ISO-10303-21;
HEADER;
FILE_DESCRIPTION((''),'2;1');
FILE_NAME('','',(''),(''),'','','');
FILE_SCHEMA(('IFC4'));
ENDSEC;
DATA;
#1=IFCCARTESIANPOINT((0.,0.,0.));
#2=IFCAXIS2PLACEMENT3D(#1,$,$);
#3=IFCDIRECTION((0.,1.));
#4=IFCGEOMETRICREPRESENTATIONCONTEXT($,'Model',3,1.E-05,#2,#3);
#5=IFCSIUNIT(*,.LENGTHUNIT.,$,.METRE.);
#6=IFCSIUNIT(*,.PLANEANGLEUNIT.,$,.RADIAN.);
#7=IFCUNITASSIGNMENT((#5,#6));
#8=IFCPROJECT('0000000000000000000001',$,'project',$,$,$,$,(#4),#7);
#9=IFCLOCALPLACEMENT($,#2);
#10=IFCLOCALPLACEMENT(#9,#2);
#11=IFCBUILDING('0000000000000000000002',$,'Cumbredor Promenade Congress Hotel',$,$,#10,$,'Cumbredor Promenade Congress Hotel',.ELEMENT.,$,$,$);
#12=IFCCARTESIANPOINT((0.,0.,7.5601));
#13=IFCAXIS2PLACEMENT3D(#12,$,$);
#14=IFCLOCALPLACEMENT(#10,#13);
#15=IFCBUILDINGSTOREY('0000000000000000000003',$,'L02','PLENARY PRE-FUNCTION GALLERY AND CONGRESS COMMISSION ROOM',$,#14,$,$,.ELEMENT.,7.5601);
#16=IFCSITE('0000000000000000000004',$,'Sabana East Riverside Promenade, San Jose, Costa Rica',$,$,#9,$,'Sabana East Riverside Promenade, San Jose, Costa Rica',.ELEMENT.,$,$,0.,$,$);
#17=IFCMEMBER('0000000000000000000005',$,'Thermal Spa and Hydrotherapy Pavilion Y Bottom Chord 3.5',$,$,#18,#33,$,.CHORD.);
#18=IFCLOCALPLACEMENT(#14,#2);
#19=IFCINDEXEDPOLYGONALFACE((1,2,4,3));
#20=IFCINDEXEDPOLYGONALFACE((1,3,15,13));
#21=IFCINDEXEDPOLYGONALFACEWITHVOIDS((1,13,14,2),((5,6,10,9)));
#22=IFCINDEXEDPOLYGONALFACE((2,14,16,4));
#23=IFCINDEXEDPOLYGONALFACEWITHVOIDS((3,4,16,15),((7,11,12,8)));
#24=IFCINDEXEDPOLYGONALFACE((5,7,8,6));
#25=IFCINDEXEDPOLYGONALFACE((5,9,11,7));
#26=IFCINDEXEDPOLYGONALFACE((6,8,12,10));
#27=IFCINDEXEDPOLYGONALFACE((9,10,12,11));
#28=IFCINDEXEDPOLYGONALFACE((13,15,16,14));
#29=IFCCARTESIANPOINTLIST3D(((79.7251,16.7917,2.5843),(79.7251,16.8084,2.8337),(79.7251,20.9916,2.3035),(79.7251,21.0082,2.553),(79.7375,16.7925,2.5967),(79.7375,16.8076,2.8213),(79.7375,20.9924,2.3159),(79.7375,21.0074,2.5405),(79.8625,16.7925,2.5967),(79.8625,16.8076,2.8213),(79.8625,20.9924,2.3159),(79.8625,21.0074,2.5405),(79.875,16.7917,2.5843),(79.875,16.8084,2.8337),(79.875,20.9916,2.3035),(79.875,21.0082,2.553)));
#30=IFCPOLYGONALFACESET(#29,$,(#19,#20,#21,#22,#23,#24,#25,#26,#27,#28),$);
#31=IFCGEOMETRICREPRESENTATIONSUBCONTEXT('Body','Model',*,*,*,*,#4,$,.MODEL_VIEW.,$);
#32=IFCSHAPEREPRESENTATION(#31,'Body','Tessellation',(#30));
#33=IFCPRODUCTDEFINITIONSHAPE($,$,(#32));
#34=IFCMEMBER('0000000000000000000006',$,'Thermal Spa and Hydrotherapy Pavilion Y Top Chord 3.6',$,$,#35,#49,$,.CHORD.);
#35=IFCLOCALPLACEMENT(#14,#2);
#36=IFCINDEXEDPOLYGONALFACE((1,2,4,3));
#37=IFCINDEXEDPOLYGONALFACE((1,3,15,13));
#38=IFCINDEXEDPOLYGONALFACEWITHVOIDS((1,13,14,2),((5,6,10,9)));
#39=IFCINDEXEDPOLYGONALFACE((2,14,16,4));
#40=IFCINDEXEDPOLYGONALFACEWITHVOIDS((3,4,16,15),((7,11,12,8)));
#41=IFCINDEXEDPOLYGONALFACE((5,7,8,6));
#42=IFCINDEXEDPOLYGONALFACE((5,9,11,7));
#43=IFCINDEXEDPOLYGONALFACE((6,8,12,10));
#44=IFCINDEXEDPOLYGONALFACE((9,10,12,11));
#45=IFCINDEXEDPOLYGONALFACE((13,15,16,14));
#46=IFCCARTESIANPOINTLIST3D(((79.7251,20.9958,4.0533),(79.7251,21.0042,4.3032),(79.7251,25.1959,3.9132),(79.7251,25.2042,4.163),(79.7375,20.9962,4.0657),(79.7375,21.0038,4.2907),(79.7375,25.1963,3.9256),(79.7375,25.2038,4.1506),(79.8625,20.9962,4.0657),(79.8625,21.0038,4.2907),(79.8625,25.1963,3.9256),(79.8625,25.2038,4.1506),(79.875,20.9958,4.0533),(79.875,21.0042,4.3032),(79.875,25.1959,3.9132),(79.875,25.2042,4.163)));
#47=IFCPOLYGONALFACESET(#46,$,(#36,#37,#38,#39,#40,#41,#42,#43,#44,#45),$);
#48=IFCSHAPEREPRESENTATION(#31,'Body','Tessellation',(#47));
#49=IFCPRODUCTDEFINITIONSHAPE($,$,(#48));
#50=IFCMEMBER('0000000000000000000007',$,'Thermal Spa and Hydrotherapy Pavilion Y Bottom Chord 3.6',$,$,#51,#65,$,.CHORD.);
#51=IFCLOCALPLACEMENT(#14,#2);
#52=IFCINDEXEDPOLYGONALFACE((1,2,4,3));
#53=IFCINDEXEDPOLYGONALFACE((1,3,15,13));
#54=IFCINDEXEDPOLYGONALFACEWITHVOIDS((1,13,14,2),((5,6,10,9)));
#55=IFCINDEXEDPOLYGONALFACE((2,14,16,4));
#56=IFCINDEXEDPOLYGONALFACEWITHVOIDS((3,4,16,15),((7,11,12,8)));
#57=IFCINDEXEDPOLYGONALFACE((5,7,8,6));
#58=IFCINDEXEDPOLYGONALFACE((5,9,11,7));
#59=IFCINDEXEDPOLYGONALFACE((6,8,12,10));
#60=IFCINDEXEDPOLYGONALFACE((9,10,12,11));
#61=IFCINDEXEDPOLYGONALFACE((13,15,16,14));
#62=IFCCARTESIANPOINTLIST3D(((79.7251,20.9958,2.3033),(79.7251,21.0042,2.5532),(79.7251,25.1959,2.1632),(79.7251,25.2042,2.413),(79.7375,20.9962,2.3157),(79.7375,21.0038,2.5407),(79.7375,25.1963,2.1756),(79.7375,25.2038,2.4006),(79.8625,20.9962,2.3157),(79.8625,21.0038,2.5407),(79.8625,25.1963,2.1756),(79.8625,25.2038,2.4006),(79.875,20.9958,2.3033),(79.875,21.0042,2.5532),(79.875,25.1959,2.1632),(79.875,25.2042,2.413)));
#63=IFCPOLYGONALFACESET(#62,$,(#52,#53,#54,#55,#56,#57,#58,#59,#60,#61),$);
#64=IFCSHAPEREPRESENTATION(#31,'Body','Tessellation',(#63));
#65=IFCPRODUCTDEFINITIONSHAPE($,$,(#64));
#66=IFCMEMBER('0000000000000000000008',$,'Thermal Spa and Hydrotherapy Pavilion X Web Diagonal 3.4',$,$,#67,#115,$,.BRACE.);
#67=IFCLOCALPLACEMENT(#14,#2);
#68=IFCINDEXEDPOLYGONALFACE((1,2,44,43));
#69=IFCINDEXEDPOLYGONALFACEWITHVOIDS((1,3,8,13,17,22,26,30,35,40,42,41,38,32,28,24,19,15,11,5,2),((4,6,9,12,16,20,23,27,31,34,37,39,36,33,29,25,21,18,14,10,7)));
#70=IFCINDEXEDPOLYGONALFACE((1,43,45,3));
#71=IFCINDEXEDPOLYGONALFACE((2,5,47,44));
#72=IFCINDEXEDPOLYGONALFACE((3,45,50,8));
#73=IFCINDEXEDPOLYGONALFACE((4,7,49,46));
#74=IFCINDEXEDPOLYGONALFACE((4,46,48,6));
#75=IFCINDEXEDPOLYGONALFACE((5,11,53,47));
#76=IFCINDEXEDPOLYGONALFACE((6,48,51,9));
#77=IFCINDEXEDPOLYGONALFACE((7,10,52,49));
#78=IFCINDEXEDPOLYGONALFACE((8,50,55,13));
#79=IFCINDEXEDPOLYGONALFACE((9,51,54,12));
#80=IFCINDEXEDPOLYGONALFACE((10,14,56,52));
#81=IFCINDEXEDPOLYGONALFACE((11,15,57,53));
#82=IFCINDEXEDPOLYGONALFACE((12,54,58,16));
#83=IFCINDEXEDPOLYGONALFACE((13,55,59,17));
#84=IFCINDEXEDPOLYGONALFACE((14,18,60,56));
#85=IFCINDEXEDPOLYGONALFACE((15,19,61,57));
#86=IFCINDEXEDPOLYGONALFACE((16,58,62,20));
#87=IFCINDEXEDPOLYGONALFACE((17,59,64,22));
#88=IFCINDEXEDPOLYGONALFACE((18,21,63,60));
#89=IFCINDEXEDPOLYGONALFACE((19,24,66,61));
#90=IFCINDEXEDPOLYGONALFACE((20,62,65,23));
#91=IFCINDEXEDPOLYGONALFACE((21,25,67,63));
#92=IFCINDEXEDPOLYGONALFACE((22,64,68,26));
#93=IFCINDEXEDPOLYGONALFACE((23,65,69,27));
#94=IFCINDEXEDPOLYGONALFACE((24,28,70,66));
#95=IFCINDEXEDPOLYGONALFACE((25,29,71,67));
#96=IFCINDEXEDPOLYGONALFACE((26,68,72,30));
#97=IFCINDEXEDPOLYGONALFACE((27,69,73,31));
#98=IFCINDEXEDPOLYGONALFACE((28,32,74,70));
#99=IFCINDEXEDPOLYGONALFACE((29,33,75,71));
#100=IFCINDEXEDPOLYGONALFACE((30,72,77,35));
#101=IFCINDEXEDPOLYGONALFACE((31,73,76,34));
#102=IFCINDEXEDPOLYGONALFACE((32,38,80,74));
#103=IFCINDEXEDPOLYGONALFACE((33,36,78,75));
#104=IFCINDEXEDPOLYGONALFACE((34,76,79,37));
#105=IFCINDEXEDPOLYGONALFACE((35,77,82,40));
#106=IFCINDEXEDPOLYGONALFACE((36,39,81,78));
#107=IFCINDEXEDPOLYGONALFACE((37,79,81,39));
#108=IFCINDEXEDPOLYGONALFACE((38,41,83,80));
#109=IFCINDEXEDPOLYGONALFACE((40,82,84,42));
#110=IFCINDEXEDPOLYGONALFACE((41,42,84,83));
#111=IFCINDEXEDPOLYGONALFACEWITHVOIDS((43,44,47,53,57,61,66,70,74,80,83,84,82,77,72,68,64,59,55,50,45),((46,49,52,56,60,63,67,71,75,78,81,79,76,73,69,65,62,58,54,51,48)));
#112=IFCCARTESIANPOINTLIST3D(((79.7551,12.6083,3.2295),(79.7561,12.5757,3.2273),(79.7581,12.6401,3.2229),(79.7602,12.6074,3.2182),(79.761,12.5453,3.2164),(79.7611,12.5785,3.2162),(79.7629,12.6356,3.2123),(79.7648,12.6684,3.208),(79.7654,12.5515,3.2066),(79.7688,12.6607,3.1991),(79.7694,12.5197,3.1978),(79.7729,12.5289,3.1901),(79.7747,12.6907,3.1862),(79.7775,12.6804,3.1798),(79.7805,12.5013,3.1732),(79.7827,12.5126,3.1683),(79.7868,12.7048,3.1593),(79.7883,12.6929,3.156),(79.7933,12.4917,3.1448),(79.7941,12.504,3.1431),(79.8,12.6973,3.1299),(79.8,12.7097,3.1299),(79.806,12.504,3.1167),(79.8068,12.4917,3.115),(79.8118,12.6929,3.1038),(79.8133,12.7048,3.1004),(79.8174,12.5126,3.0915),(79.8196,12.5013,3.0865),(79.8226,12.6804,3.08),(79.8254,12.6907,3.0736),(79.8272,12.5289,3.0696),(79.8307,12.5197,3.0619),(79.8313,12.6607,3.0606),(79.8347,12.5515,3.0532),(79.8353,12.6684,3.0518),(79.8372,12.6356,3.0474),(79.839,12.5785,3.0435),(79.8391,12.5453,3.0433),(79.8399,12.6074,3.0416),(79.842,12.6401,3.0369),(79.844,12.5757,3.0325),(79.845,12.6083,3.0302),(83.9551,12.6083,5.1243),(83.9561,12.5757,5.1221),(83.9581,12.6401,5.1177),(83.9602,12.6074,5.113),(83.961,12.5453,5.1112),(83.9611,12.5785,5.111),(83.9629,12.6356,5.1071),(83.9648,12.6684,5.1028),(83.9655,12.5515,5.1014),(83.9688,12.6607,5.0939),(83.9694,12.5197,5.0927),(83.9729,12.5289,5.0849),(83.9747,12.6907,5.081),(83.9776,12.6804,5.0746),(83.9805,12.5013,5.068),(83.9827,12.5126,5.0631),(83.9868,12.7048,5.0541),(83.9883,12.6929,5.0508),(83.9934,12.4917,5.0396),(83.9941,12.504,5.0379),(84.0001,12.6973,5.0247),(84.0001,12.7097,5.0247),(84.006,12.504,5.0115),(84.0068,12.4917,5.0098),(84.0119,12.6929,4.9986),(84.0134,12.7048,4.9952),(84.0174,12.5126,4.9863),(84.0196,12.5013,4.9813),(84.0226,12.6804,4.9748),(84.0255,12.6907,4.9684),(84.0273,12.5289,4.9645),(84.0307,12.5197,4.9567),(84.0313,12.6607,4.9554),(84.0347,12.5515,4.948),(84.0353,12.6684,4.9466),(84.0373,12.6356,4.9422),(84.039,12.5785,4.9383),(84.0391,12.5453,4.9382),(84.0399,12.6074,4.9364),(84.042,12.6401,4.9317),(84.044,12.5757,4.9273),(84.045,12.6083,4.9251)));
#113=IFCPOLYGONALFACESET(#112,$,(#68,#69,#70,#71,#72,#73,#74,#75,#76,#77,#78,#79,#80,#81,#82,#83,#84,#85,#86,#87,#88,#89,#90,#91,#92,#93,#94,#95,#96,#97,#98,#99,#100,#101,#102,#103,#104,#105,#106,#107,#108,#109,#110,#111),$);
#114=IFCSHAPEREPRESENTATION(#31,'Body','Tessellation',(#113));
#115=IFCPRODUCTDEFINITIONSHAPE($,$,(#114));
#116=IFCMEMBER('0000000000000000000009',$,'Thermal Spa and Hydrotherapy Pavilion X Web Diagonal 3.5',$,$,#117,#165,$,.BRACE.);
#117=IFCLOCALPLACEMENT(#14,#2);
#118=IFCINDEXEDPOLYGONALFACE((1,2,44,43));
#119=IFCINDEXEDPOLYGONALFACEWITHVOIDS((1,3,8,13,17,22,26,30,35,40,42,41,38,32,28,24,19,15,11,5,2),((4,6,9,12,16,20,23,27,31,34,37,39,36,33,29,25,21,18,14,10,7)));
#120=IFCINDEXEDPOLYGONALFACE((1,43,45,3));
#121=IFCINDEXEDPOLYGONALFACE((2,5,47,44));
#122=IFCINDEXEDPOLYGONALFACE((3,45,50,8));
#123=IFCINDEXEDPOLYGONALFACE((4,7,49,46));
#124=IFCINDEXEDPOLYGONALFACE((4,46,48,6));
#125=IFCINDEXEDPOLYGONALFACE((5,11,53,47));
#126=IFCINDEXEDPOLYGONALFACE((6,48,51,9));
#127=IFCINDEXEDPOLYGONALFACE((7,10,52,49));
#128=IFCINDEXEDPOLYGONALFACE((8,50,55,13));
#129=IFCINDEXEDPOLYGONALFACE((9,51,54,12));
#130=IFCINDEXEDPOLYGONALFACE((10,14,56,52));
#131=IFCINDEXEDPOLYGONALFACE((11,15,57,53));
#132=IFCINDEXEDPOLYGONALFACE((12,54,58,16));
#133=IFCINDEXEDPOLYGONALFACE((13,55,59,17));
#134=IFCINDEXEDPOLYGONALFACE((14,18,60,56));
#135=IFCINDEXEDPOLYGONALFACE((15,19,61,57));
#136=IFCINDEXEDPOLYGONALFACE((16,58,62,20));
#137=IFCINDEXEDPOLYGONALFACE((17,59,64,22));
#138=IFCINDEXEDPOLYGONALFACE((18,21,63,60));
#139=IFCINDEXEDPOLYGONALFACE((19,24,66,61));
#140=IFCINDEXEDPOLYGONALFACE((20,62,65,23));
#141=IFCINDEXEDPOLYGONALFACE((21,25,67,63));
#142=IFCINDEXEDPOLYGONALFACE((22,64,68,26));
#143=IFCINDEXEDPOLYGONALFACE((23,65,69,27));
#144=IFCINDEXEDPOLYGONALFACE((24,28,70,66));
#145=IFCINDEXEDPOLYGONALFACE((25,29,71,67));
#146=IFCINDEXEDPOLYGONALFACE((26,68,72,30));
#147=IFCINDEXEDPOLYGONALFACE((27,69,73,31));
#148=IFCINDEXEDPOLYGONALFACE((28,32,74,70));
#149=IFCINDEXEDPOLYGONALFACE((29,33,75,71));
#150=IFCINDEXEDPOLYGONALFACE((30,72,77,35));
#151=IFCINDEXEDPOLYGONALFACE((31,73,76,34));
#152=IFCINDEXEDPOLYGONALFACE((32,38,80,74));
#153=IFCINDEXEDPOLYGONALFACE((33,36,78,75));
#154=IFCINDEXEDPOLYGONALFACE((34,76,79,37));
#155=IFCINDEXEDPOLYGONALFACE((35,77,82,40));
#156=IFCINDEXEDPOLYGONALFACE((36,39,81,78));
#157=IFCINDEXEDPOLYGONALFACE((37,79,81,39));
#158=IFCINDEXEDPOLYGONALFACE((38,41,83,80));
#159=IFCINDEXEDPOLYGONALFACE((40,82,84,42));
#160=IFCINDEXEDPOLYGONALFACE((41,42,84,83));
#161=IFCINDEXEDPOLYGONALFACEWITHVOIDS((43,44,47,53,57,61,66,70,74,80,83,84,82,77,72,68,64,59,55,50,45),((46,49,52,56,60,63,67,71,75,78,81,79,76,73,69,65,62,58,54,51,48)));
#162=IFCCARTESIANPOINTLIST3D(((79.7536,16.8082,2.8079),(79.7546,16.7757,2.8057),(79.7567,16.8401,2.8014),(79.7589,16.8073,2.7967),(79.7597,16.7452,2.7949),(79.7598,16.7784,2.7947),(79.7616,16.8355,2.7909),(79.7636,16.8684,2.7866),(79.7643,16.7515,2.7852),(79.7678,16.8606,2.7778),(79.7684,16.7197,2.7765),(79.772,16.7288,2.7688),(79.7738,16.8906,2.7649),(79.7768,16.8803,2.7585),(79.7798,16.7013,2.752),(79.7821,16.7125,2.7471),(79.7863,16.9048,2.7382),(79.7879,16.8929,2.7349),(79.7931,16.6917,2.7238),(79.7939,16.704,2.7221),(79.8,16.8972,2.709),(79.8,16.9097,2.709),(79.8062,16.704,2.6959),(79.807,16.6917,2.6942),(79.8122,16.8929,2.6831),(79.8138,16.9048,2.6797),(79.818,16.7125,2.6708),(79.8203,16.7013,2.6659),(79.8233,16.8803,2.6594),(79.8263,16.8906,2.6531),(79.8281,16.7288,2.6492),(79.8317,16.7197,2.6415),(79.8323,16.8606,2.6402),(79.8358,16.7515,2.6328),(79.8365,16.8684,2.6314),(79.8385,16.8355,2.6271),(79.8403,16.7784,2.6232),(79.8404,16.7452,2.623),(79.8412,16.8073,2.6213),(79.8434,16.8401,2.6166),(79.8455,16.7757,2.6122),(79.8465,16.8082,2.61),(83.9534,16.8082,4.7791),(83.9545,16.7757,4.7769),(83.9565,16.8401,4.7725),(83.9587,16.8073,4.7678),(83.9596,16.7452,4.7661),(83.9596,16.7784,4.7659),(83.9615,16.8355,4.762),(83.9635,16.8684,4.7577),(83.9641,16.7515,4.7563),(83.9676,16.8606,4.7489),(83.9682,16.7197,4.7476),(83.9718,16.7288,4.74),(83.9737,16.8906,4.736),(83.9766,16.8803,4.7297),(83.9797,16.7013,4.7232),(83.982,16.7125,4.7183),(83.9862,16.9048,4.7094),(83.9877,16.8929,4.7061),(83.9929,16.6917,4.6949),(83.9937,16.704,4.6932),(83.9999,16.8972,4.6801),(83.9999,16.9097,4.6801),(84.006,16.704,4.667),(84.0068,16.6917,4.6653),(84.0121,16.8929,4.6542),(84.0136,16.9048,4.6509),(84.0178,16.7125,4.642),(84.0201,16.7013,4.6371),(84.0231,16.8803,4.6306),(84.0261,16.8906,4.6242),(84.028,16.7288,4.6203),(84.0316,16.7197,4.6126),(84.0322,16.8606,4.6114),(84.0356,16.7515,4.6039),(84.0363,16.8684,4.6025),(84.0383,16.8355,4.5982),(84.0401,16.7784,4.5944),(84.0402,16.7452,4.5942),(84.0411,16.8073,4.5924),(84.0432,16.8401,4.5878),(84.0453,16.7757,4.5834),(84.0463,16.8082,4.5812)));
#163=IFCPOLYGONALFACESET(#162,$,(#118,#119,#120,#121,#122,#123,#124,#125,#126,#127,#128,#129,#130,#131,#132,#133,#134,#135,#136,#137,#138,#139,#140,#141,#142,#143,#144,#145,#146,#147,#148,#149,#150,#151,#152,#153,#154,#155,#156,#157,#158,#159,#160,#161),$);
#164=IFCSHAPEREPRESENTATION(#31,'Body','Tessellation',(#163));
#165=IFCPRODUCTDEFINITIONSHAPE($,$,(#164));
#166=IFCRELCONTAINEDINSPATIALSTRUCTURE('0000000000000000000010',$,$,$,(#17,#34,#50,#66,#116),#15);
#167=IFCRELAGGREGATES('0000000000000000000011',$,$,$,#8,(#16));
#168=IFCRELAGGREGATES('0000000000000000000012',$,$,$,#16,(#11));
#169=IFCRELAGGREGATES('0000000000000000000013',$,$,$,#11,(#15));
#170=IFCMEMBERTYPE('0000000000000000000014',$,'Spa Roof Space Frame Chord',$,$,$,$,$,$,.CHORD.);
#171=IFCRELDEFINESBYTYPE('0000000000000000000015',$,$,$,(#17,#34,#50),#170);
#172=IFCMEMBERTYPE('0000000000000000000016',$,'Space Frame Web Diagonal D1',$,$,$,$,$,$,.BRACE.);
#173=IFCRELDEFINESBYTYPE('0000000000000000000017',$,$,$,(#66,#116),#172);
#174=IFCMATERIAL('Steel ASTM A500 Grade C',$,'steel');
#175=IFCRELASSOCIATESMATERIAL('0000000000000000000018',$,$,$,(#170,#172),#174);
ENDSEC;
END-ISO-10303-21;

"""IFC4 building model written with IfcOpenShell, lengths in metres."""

from ifc_helpers import new_model, si_unit, direction, frame, origin, origin_2d, place, context, subcontext, project, spatial, hollow_rectangle, hollow_circle, extrude, material, material_profile, profile_set, type_object, element, save


model = new_model("IFC4")

# Units and contexts
model_context = context("Model", 3, precision=1e-05, world=origin(), true_north=direction((0.0, 1.0)))
body_context = subcontext(model_context, "Body", "Model", "MODEL_VIEW")
ifc_project = project(units=[si_unit("LENGTHUNIT", "METRE"), si_unit("PLANEANGLEUNIT", "RADIAN")], contexts=[model_context])

# Site, building, storey
site_placement = place(None, origin())
site = spatial("IfcSite", under=ifc_project, at=site_placement, Name="Sabana East Riverside Promenade, San Jose, Costa Rica", LongName="Sabana East Riverside Promenade, San Jose, Costa Rica", CompositionType="ELEMENT", RefElevation=0.0)
building_placement = place(site_placement, origin())
building = spatial("IfcBuilding", under=site, at=building_placement, Name="Cumbredor Promenade Congress Hotel", LongName="Cumbredor Promenade Congress Hotel", CompositionType="ELEMENT")
storey_placement = place(building_placement, frame((0.0, 0.0, 7.5601)))
storey = spatial("IfcBuildingStorey", under=building, at=storey_placement, Name="L02", Description="PLENARY PRE-FUNCTION GALLERY AND CONGRESS COMMISSION ROOM", CompositionType="ELEMENT", Elevation=7.5601)

# Members
ifc_material_1 = material(Name="Steel ASTM A500 Grade C", Category="steel")
ifc_material_profile_1 = material_profile(ifc_material_1, hollow_rectangle(XDim=0.1499, YDim=0.25, WallThickness=0.0125, at=origin_2d()), Name="HSS 250x150x12.5")
ifc_profile_set_1 = profile_set([ifc_material_profile_1], Name="Steel ASTM A500 Grade C")
member_type_1 = type_object("IfcMemberType", Name="Spa Roof Space Frame Chord", PredefinedType="CHORD", material=ifc_profile_set_1)
for number, where, z_axis, x_axis, name in (
    (1, (79.8, 16.8, 2.709), (0.0, 0.997773, -0.0667), (-1.0, 0.0, 0.0), "Thermal Spa and Hydrotherapy Pavilion Y Bottom Chord 3.5"),
):
    element("IfcMember", number, at=place(storey_placement, frame(where, z_axis=z_axis, x_axis=x_axis)), inside=storey, type_object=member_type_1, Name=name, PredefinedType="CHORD", context=body_context, shape_type="SweptSolid", body=[
        extrude(hollow_rectangle(XDim=0.1499, YDim=0.25, WallThickness=0.0125, at=origin_2d()), origin(), (0.0, 0.0, 1.0), 4.2092),
    ])
for number, where, z_axis, x_axis, name in (
    (2, (79.8, 21.0, 4.1782), (0.0, 0.999444, -0.033348), (-1.0, 0.0, 0.0), "Thermal Spa and Hydrotherapy Pavilion Y Top Chord 3.6"),
    (3, (79.8, 21.0, 2.4282), (0.0, 0.999444, -0.033348), (-1.0, 0.0, 0.0), "Thermal Spa and Hydrotherapy Pavilion Y Bottom Chord 3.6"),
):
    element("IfcMember", number, at=place(storey_placement, frame(where, z_axis=z_axis, x_axis=x_axis)), inside=storey, type_object=member_type_1, Name=name, PredefinedType="CHORD", context=body_context, shape_type="SweptSolid", body=[
        extrude(hollow_rectangle(XDim=0.1499, YDim=0.25, WallThickness=0.0125, at=origin_2d()), origin(), (0.0, 0.0, 1.0), 4.2024),
    ])
ifc_material_profile_2 = material_profile(ifc_material_1, hollow_circle(Radius=0.1096, WallThickness=0.0125, at=origin_2d()), Name="CHS 219.1x12.5")
ifc_profile_set_2 = profile_set([ifc_material_profile_2], Name="Steel ASTM A500 Grade C")
member_type_2 = type_object("IfcMemberType", Name="Space Frame Web Diagonal D1", PredefinedType="BRACE", material=ifc_profile_set_2)
member_1_placement = place(storey_placement, frame((79.8, 12.6001, 3.1299), z_axis=(0.911531, 0.0, 0.41123), x_axis=(0.0, 1.0, 0.0)))
element("IfcMember", 4, at=member_1_placement, inside=storey, type_object=member_type_2, Name="Thermal Spa and Hydrotherapy Pavilion X Web Diagonal 3.4", PredefinedType="BRACE", context=body_context, shape_type="SweptSolid", body=[
    extrude(hollow_circle(Radius=0.1096, WallThickness=0.0125, at=origin_2d()), origin(), (0.0, 0.0, 1.0), 4.6077),
])
member_2_placement = place(storey_placement, frame((79.8, 16.8, 2.709), z_axis=(0.905255, 0.0, 0.424869), x_axis=(0.0, 1.0, 0.0)))
element("IfcMember", 5, at=member_2_placement, inside=storey, type_object=member_type_2, Name="Thermal Spa and Hydrotherapy Pavilion X Web Diagonal 3.5", PredefinedType="BRACE", context=body_context, shape_type="SweptSolid", body=[
    extrude(hollow_circle(Radius=0.1096, WallThickness=0.0125, at=origin_2d()), origin(), (0.0, 0.0, 1.0), 4.6394),
])

save(model, "model.ifc")
